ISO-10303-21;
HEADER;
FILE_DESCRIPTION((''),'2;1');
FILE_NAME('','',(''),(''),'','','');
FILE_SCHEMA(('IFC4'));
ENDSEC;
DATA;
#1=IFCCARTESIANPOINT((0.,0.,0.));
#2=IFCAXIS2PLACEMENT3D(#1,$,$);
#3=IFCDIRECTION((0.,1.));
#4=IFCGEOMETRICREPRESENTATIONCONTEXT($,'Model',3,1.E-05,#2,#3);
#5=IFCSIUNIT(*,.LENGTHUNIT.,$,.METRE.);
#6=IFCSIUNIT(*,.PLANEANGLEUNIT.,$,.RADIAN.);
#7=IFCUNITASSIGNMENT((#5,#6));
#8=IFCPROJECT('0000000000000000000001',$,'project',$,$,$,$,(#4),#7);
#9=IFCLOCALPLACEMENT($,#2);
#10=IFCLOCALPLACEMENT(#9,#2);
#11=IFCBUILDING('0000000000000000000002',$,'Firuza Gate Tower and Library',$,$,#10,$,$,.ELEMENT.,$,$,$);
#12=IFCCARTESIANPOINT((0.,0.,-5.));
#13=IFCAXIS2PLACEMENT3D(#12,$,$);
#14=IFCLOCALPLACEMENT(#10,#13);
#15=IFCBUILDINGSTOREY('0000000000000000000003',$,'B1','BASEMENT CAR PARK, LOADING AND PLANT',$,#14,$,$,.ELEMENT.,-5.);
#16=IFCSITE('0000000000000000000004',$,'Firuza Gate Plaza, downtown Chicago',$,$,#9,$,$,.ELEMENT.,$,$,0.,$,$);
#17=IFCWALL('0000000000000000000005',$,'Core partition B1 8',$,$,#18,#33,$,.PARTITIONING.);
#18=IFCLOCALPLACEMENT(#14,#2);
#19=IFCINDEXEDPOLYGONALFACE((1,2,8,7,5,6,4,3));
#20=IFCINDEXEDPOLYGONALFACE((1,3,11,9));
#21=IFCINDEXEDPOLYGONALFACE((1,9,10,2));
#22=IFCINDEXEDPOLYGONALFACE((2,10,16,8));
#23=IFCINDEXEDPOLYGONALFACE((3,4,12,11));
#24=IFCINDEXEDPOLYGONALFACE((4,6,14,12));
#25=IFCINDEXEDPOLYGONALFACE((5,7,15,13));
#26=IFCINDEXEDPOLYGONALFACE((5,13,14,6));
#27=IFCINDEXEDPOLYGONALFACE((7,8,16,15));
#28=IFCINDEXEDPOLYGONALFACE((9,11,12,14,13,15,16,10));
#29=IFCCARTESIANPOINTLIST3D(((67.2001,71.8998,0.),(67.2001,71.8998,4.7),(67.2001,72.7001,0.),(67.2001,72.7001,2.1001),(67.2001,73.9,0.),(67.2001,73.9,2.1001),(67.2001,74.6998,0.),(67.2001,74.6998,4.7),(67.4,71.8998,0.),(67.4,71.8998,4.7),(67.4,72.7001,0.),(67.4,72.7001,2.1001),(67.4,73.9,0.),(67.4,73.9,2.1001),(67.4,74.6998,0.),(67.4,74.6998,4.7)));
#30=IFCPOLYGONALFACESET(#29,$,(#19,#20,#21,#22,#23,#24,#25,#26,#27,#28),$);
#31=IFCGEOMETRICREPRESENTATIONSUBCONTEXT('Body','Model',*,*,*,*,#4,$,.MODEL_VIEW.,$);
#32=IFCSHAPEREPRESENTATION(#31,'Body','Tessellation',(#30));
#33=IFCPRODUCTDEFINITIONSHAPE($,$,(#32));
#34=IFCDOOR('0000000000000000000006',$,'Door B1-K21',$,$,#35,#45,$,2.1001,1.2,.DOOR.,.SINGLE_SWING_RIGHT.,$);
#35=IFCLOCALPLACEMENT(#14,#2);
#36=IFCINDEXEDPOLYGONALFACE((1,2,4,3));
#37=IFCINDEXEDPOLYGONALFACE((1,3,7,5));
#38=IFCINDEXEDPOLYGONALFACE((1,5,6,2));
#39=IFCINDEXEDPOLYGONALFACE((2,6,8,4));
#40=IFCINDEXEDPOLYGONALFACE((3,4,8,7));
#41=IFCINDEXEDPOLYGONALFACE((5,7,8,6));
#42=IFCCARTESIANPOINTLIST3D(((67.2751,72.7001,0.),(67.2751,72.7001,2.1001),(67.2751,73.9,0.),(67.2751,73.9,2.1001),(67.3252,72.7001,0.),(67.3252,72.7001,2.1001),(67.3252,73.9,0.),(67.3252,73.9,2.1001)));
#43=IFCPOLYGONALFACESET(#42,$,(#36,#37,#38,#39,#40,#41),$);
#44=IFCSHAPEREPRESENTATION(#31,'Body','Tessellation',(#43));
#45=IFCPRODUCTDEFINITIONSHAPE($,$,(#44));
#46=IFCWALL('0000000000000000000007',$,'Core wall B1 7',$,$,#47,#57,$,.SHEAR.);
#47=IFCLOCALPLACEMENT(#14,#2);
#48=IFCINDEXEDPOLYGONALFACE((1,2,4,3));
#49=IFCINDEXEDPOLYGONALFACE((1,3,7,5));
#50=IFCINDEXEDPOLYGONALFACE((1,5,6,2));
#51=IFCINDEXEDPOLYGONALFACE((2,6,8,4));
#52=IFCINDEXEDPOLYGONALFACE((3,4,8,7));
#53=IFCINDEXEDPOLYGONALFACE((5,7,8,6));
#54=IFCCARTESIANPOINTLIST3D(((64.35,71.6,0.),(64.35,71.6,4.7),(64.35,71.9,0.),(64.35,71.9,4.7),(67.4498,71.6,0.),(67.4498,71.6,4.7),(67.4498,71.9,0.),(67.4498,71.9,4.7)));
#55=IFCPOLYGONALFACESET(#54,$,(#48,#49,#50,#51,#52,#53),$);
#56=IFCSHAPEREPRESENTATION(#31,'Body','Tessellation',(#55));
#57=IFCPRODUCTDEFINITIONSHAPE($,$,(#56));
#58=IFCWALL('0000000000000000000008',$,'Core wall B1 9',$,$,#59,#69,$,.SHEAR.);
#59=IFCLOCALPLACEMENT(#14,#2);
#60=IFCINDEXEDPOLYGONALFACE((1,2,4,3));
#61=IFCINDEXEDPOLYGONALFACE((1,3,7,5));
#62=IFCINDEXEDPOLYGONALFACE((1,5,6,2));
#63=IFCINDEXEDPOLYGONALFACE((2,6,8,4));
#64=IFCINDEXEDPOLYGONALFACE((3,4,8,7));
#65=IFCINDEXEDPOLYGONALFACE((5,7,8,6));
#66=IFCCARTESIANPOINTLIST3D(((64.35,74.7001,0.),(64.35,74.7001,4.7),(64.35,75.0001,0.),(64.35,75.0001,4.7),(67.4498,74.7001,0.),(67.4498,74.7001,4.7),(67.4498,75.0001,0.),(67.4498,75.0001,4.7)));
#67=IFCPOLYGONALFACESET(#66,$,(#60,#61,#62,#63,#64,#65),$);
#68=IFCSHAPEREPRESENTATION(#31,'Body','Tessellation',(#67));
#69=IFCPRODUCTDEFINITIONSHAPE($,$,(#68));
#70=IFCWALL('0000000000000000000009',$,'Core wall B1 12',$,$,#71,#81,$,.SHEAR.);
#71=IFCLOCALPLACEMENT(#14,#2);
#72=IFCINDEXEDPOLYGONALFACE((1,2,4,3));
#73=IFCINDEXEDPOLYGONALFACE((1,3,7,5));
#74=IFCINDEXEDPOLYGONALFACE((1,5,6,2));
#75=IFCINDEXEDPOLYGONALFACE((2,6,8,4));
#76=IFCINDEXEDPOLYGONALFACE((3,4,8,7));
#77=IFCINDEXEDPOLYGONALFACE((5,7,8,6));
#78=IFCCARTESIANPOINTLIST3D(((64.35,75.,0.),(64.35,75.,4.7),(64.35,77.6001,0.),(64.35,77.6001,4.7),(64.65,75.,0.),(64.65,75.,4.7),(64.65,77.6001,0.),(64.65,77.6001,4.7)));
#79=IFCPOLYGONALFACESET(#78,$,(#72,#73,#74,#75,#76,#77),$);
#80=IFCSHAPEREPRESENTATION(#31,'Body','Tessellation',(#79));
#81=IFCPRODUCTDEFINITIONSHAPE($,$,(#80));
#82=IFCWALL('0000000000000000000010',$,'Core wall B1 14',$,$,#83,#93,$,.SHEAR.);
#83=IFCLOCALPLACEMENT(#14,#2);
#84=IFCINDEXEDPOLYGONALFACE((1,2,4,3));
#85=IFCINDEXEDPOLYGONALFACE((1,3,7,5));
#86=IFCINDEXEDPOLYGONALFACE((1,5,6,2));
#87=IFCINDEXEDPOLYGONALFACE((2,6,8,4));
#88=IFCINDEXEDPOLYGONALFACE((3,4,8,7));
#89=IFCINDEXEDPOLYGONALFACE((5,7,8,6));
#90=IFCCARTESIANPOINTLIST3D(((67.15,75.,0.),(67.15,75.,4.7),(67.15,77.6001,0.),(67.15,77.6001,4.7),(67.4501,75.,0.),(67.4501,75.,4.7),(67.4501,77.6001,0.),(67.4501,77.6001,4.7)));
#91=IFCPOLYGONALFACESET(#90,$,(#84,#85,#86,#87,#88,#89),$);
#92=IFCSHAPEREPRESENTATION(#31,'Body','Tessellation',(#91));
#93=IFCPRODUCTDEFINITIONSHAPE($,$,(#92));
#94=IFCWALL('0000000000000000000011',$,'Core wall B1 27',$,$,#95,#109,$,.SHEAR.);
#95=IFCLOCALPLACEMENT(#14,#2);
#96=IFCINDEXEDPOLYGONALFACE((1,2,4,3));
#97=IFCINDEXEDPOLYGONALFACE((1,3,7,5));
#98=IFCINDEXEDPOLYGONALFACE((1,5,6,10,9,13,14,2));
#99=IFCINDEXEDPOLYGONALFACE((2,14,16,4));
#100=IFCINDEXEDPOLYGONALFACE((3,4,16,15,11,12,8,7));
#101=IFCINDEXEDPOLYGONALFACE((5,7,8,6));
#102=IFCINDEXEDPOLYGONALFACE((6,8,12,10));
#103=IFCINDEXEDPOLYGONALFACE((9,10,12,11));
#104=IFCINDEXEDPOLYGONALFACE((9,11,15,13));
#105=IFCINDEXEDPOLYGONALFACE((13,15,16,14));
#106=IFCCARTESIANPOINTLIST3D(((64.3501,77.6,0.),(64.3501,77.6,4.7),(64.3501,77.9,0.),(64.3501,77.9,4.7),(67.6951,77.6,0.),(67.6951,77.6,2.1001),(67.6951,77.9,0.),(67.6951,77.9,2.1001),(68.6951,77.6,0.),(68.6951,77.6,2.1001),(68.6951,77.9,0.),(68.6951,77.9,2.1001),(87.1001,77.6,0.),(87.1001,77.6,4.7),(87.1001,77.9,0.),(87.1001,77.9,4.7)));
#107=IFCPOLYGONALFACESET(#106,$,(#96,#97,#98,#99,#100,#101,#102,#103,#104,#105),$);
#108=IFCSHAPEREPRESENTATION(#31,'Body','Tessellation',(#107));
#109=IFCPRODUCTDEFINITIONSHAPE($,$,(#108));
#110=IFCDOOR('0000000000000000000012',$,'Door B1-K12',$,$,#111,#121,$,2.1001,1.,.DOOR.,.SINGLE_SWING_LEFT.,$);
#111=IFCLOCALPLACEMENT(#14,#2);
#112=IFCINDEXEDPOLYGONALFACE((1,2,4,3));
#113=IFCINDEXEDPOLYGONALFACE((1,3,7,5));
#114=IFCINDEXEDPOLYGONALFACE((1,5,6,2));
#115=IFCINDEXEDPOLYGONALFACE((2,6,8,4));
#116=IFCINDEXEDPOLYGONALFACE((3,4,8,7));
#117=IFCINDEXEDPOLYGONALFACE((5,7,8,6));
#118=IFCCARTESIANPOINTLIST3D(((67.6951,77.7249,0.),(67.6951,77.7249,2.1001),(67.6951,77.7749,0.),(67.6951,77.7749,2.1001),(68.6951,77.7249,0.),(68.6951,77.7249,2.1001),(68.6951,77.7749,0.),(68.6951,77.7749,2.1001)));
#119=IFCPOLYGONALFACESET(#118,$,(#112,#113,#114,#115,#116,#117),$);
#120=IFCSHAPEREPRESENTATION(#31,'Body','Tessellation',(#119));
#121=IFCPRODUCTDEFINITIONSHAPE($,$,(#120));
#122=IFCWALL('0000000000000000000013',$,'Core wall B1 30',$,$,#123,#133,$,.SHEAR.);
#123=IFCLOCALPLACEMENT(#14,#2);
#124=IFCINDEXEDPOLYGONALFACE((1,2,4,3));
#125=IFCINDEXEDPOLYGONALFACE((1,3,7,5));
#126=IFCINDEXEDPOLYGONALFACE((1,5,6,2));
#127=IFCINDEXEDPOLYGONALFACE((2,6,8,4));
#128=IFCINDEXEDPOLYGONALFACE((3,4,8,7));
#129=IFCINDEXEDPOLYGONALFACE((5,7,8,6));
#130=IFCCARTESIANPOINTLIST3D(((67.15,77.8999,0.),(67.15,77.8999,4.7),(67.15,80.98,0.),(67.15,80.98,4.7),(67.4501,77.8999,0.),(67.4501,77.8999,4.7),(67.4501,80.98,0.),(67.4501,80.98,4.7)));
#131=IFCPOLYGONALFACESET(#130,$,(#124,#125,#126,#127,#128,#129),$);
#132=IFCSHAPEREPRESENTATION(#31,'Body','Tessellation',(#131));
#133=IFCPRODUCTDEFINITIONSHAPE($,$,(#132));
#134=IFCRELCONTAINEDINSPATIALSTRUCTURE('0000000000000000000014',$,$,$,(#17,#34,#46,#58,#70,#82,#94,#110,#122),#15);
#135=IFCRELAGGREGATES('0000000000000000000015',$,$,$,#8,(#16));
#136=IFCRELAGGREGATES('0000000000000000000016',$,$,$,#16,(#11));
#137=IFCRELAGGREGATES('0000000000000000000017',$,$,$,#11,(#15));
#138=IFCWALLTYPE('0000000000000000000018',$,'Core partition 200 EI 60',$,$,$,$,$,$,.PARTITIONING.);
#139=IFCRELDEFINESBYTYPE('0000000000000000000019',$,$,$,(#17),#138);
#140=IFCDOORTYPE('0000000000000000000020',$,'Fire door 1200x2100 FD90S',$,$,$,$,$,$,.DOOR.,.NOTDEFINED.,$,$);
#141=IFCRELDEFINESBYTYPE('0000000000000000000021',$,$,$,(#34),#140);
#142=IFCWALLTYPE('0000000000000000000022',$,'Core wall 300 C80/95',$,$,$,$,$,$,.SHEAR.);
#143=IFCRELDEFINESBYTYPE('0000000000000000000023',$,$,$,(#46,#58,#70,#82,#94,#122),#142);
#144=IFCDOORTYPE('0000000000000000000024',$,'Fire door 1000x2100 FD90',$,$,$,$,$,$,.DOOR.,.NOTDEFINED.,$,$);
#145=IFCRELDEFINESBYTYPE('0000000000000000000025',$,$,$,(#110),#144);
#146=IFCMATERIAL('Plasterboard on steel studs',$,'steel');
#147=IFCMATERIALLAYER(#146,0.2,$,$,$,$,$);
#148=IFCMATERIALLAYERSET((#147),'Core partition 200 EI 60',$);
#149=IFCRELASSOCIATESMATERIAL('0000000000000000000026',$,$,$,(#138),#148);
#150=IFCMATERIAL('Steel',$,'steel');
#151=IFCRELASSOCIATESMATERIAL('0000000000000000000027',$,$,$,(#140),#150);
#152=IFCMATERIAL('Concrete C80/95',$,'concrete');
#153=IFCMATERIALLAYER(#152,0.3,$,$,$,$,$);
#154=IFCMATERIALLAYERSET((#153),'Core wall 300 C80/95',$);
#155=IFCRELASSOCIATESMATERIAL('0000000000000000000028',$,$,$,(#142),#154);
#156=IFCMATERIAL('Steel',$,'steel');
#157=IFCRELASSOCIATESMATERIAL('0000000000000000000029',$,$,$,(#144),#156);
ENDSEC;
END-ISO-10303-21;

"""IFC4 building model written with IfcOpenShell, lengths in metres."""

from ifc_helpers import new_model, si_unit, direction, frame, frame_2d, origin, place, context, subcontext, project, spatial, rectangle, extrude, material, layer, layer_set, type_object, element, fill, save


model = new_model("IFC4")

# Units and contexts
model_context = context("Model", 3, precision=1e-05, world=origin(), true_north=direction((0.0, 1.0)))
body_context = subcontext(model_context, "Body", "Model", "MODEL_VIEW")
ifc_project = project(units=[si_unit("LENGTHUNIT", "METRE"), si_unit("PLANEANGLEUNIT", "RADIAN")], contexts=[model_context])

# Site, building, storey
site_placement = place(None, origin())
site = spatial("IfcSite", under=ifc_project, at=site_placement, Name="Firuza Gate Plaza, downtown Chicago", CompositionType="ELEMENT", RefElevation=0.0)
building_placement = place(site_placement, origin())
building = spatial("IfcBuilding", under=site, at=building_placement, Name="Firuza Gate Tower and Library", CompositionType="ELEMENT")
storey_placement = place(building_placement, frame((0.0, 0.0, -5.0)))
storey = spatial("IfcBuildingStorey", under=building, at=storey_placement, Name="B1", Description="BASEMENT CAR PARK, LOADING AND PLANT", CompositionType="ELEMENT", Elevation=-5.0)

# Wall, opening, door
ifc_material_1 = material(Name="Plasterboard on steel studs", Category="steel")
ifc_layer_1 = layer(ifc_material_1, 0.2)
ifc_layer_set_1 = layer_set([ifc_layer_1], Name="Core partition 200 EI 60")
wall_type_1 = type_object("IfcWallType", Name="Core partition 200 EI 60", PredefinedType="PARTITIONING", material=ifc_layer_set_1)
wall_1_placement = place(storey_placement, frame((67.3, 71.8999, 0.0), z_axis=(0.0, 0.0, 1.0), x_axis=(0.0, 1.0, 0.0)))
wall_1 = element("IfcWall", 1, at=wall_1_placement, inside=storey, type_object=wall_type_1, Name="Core partition B1 8", PredefinedType="PARTITIONING", context=body_context, shape_type="SweptSolid", body=[
    extrude(rectangle(XDim=2.8, YDim=0.2, at=frame_2d((1.3999, 0.0))), origin(), (0.0, 0.0, 1.0), 4.7),
])
opening_1_placement = place(wall_1_placement, frame((0.8, 0.0, 0.0)))
opening_1 = element("IfcOpeningElement", 2, at=opening_1_placement, cuts=wall_1, PredefinedType="OPENING", context=body_context, shape_type="SweptSolid", body=[
    extrude(rectangle(XDim=1.2, YDim=2.1001, at=frame_2d((0.6001, 1.05))), frame((0.0, 0.1099, 0.0), z_axis=(0.0, -1.0, 0.0), x_axis=(1.0, 0.0, 0.0)), (0.0, 0.0, 1.0), 0.22),
])
ifc_material_2 = material(Name="Steel", Category="steel")
door_type_1 = type_object("IfcDoorType", Name="Fire door 1200x2100 FD90S", OperationType="NOTDEFINED", PredefinedType="DOOR", material=ifc_material_2)
door_1_placement = place(opening_1_placement, origin())
door_1 = element("IfcDoor", 3, at=door_1_placement, inside=storey, type_object=door_type_1, Name="Door B1-K21", OperationType="SINGLE_SWING_RIGHT", OverallHeight=2.1001, OverallWidth=1.2, PredefinedType="DOOR", context=body_context, shape_type="SweptSolid", body=[
    extrude(rectangle(XDim=1.2, YDim=2.1001, at=frame_2d((0.6001, 1.05))), frame((0.0, 0.0249, 0.0), z_axis=(0.0, -1.0, 0.0), x_axis=(1.0, 0.0, 0.0)), (0.0, 0.0, 1.0), 0.05),
])
fill(opening_1, door_1)

# Walls
ifc_material_3 = material(Name="Concrete C80/95", Category="concrete")
ifc_layer_2 = layer(ifc_material_3, 0.3)
ifc_layer_set_2 = layer_set([ifc_layer_2], Name="Core wall 300 C80/95")
wall_type_2 = type_object("IfcWallType", Name="Core wall 300 C80/95", PredefinedType="SHEAR", material=ifc_layer_set_2)
for number, where, z_axis, x_axis, name in (
    (4, (64.3501, 71.75, 0.0), (0.0, 0.0, 1.0), (1.0, 0.0, 0.0), "Core wall B1 7"),
    (5, (64.3501, 74.8501, 0.0), (0.0, 0.0, 1.0), (1.0, 0.0, 0.0), "Core wall B1 9"),
):
    element("IfcWall", number, at=place(storey_placement, frame(where, z_axis=z_axis, x_axis=x_axis)), inside=storey, type_object=wall_type_2, Name=name, PredefinedType="SHEAR", context=body_context, shape_type="SweptSolid", body=[
        extrude(rectangle(XDim=3.0999, YDim=0.3, at=frame_2d((1.5498, 0.0))), origin(), (0.0, 0.0, 1.0), 4.7),
    ])
for number, where, z_axis, x_axis, name in (
    (6, (64.5, 75.0, 0.0), (0.0, 0.0, 1.0), (0.0, 1.0, 0.0), "Core wall B1 12"),
    (7, (67.3, 75.0, 0.0), (0.0, 0.0, 1.0), (0.0, 1.0, 0.0), "Core wall B1 14"),
):
    element("IfcWall", number, at=place(storey_placement, frame(where, z_axis=z_axis, x_axis=x_axis)), inside=storey, type_object=wall_type_2, Name=name, PredefinedType="SHEAR", context=body_context, shape_type="SweptSolid", body=[
        extrude(rectangle(XDim=2.6001, YDim=0.3, at=frame_2d((1.3, 0.0))), origin(), (0.0, 0.0, 1.0), 4.7),
    ])

# Wall, opening, door
wall_2_placement = place(storey_placement, frame((64.3501, 77.75, 0.0), z_axis=(0.0, 0.0, 1.0), x_axis=(1.0, 0.0, 0.0)))
wall_2 = element("IfcWall", 8, at=wall_2_placement, inside=storey, type_object=wall_type_2, Name="Core wall B1 27", PredefinedType="SHEAR", context=body_context, shape_type="SweptSolid", body=[
    extrude(rectangle(XDim=22.75, YDim=0.3, at=frame_2d((11.375, 0.0))), origin(), (0.0, 0.0, 1.0), 4.7),
])
opening_2_placement = place(wall_2_placement, frame((3.345, 0.0, 0.0)))
opening_2 = element("IfcOpeningElement", 9, at=opening_2_placement, cuts=wall_2, PredefinedType="OPENING", context=body_context, shape_type="SweptSolid", body=[
    extrude(rectangle(XDim=1.0, YDim=2.1001, at=frame_2d((0.5, 1.05))), frame((0.0, 0.1602, 0.0), z_axis=(0.0, -1.0, 0.0), x_axis=(1.0, 0.0, 0.0)), (0.0, 0.0, 1.0), 0.3201),
])
ifc_material_4 = material(Name="Steel", Category="steel")
door_type_2 = type_object("IfcDoorType", Name="Fire door 1000x2100 FD90", OperationType="NOTDEFINED", PredefinedType="DOOR", material=ifc_material_4)
door_2_placement = place(opening_2_placement, origin())
door_2 = element("IfcDoor", 10, at=door_2_placement, inside=storey, type_object=door_type_2, Name="Door B1-K12", OperationType="SINGLE_SWING_LEFT", OverallHeight=2.1001, OverallWidth=1.0, PredefinedType="DOOR", context=body_context, shape_type="SweptSolid", body=[
    extrude(rectangle(XDim=1.0, YDim=2.1001, at=frame_2d((0.5, 1.05))), frame((0.0, 0.0249, 0.0), z_axis=(0.0, -1.0, 0.0), x_axis=(1.0, 0.0, 0.0)), (0.0, 0.0, 1.0), 0.05),
])
fill(opening_2, door_2)

# Wall
wall_3_placement = place(storey_placement, frame((67.3, 77.8999, 0.0), z_axis=(0.0, 0.0, 1.0), x_axis=(0.0, 1.0, 0.0)))
element("IfcWall", 11, at=wall_3_placement, inside=storey, type_object=wall_type_2, Name="Core wall B1 30", PredefinedType="SHEAR", context=body_context, shape_type="SweptSolid", body=[
    extrude(rectangle(XDim=3.0801, YDim=0.3, at=frame_2d((1.54, 0.0))), origin(), (0.0, 0.0, 1.0), 4.7),
])

save(model, "model.ifc")
